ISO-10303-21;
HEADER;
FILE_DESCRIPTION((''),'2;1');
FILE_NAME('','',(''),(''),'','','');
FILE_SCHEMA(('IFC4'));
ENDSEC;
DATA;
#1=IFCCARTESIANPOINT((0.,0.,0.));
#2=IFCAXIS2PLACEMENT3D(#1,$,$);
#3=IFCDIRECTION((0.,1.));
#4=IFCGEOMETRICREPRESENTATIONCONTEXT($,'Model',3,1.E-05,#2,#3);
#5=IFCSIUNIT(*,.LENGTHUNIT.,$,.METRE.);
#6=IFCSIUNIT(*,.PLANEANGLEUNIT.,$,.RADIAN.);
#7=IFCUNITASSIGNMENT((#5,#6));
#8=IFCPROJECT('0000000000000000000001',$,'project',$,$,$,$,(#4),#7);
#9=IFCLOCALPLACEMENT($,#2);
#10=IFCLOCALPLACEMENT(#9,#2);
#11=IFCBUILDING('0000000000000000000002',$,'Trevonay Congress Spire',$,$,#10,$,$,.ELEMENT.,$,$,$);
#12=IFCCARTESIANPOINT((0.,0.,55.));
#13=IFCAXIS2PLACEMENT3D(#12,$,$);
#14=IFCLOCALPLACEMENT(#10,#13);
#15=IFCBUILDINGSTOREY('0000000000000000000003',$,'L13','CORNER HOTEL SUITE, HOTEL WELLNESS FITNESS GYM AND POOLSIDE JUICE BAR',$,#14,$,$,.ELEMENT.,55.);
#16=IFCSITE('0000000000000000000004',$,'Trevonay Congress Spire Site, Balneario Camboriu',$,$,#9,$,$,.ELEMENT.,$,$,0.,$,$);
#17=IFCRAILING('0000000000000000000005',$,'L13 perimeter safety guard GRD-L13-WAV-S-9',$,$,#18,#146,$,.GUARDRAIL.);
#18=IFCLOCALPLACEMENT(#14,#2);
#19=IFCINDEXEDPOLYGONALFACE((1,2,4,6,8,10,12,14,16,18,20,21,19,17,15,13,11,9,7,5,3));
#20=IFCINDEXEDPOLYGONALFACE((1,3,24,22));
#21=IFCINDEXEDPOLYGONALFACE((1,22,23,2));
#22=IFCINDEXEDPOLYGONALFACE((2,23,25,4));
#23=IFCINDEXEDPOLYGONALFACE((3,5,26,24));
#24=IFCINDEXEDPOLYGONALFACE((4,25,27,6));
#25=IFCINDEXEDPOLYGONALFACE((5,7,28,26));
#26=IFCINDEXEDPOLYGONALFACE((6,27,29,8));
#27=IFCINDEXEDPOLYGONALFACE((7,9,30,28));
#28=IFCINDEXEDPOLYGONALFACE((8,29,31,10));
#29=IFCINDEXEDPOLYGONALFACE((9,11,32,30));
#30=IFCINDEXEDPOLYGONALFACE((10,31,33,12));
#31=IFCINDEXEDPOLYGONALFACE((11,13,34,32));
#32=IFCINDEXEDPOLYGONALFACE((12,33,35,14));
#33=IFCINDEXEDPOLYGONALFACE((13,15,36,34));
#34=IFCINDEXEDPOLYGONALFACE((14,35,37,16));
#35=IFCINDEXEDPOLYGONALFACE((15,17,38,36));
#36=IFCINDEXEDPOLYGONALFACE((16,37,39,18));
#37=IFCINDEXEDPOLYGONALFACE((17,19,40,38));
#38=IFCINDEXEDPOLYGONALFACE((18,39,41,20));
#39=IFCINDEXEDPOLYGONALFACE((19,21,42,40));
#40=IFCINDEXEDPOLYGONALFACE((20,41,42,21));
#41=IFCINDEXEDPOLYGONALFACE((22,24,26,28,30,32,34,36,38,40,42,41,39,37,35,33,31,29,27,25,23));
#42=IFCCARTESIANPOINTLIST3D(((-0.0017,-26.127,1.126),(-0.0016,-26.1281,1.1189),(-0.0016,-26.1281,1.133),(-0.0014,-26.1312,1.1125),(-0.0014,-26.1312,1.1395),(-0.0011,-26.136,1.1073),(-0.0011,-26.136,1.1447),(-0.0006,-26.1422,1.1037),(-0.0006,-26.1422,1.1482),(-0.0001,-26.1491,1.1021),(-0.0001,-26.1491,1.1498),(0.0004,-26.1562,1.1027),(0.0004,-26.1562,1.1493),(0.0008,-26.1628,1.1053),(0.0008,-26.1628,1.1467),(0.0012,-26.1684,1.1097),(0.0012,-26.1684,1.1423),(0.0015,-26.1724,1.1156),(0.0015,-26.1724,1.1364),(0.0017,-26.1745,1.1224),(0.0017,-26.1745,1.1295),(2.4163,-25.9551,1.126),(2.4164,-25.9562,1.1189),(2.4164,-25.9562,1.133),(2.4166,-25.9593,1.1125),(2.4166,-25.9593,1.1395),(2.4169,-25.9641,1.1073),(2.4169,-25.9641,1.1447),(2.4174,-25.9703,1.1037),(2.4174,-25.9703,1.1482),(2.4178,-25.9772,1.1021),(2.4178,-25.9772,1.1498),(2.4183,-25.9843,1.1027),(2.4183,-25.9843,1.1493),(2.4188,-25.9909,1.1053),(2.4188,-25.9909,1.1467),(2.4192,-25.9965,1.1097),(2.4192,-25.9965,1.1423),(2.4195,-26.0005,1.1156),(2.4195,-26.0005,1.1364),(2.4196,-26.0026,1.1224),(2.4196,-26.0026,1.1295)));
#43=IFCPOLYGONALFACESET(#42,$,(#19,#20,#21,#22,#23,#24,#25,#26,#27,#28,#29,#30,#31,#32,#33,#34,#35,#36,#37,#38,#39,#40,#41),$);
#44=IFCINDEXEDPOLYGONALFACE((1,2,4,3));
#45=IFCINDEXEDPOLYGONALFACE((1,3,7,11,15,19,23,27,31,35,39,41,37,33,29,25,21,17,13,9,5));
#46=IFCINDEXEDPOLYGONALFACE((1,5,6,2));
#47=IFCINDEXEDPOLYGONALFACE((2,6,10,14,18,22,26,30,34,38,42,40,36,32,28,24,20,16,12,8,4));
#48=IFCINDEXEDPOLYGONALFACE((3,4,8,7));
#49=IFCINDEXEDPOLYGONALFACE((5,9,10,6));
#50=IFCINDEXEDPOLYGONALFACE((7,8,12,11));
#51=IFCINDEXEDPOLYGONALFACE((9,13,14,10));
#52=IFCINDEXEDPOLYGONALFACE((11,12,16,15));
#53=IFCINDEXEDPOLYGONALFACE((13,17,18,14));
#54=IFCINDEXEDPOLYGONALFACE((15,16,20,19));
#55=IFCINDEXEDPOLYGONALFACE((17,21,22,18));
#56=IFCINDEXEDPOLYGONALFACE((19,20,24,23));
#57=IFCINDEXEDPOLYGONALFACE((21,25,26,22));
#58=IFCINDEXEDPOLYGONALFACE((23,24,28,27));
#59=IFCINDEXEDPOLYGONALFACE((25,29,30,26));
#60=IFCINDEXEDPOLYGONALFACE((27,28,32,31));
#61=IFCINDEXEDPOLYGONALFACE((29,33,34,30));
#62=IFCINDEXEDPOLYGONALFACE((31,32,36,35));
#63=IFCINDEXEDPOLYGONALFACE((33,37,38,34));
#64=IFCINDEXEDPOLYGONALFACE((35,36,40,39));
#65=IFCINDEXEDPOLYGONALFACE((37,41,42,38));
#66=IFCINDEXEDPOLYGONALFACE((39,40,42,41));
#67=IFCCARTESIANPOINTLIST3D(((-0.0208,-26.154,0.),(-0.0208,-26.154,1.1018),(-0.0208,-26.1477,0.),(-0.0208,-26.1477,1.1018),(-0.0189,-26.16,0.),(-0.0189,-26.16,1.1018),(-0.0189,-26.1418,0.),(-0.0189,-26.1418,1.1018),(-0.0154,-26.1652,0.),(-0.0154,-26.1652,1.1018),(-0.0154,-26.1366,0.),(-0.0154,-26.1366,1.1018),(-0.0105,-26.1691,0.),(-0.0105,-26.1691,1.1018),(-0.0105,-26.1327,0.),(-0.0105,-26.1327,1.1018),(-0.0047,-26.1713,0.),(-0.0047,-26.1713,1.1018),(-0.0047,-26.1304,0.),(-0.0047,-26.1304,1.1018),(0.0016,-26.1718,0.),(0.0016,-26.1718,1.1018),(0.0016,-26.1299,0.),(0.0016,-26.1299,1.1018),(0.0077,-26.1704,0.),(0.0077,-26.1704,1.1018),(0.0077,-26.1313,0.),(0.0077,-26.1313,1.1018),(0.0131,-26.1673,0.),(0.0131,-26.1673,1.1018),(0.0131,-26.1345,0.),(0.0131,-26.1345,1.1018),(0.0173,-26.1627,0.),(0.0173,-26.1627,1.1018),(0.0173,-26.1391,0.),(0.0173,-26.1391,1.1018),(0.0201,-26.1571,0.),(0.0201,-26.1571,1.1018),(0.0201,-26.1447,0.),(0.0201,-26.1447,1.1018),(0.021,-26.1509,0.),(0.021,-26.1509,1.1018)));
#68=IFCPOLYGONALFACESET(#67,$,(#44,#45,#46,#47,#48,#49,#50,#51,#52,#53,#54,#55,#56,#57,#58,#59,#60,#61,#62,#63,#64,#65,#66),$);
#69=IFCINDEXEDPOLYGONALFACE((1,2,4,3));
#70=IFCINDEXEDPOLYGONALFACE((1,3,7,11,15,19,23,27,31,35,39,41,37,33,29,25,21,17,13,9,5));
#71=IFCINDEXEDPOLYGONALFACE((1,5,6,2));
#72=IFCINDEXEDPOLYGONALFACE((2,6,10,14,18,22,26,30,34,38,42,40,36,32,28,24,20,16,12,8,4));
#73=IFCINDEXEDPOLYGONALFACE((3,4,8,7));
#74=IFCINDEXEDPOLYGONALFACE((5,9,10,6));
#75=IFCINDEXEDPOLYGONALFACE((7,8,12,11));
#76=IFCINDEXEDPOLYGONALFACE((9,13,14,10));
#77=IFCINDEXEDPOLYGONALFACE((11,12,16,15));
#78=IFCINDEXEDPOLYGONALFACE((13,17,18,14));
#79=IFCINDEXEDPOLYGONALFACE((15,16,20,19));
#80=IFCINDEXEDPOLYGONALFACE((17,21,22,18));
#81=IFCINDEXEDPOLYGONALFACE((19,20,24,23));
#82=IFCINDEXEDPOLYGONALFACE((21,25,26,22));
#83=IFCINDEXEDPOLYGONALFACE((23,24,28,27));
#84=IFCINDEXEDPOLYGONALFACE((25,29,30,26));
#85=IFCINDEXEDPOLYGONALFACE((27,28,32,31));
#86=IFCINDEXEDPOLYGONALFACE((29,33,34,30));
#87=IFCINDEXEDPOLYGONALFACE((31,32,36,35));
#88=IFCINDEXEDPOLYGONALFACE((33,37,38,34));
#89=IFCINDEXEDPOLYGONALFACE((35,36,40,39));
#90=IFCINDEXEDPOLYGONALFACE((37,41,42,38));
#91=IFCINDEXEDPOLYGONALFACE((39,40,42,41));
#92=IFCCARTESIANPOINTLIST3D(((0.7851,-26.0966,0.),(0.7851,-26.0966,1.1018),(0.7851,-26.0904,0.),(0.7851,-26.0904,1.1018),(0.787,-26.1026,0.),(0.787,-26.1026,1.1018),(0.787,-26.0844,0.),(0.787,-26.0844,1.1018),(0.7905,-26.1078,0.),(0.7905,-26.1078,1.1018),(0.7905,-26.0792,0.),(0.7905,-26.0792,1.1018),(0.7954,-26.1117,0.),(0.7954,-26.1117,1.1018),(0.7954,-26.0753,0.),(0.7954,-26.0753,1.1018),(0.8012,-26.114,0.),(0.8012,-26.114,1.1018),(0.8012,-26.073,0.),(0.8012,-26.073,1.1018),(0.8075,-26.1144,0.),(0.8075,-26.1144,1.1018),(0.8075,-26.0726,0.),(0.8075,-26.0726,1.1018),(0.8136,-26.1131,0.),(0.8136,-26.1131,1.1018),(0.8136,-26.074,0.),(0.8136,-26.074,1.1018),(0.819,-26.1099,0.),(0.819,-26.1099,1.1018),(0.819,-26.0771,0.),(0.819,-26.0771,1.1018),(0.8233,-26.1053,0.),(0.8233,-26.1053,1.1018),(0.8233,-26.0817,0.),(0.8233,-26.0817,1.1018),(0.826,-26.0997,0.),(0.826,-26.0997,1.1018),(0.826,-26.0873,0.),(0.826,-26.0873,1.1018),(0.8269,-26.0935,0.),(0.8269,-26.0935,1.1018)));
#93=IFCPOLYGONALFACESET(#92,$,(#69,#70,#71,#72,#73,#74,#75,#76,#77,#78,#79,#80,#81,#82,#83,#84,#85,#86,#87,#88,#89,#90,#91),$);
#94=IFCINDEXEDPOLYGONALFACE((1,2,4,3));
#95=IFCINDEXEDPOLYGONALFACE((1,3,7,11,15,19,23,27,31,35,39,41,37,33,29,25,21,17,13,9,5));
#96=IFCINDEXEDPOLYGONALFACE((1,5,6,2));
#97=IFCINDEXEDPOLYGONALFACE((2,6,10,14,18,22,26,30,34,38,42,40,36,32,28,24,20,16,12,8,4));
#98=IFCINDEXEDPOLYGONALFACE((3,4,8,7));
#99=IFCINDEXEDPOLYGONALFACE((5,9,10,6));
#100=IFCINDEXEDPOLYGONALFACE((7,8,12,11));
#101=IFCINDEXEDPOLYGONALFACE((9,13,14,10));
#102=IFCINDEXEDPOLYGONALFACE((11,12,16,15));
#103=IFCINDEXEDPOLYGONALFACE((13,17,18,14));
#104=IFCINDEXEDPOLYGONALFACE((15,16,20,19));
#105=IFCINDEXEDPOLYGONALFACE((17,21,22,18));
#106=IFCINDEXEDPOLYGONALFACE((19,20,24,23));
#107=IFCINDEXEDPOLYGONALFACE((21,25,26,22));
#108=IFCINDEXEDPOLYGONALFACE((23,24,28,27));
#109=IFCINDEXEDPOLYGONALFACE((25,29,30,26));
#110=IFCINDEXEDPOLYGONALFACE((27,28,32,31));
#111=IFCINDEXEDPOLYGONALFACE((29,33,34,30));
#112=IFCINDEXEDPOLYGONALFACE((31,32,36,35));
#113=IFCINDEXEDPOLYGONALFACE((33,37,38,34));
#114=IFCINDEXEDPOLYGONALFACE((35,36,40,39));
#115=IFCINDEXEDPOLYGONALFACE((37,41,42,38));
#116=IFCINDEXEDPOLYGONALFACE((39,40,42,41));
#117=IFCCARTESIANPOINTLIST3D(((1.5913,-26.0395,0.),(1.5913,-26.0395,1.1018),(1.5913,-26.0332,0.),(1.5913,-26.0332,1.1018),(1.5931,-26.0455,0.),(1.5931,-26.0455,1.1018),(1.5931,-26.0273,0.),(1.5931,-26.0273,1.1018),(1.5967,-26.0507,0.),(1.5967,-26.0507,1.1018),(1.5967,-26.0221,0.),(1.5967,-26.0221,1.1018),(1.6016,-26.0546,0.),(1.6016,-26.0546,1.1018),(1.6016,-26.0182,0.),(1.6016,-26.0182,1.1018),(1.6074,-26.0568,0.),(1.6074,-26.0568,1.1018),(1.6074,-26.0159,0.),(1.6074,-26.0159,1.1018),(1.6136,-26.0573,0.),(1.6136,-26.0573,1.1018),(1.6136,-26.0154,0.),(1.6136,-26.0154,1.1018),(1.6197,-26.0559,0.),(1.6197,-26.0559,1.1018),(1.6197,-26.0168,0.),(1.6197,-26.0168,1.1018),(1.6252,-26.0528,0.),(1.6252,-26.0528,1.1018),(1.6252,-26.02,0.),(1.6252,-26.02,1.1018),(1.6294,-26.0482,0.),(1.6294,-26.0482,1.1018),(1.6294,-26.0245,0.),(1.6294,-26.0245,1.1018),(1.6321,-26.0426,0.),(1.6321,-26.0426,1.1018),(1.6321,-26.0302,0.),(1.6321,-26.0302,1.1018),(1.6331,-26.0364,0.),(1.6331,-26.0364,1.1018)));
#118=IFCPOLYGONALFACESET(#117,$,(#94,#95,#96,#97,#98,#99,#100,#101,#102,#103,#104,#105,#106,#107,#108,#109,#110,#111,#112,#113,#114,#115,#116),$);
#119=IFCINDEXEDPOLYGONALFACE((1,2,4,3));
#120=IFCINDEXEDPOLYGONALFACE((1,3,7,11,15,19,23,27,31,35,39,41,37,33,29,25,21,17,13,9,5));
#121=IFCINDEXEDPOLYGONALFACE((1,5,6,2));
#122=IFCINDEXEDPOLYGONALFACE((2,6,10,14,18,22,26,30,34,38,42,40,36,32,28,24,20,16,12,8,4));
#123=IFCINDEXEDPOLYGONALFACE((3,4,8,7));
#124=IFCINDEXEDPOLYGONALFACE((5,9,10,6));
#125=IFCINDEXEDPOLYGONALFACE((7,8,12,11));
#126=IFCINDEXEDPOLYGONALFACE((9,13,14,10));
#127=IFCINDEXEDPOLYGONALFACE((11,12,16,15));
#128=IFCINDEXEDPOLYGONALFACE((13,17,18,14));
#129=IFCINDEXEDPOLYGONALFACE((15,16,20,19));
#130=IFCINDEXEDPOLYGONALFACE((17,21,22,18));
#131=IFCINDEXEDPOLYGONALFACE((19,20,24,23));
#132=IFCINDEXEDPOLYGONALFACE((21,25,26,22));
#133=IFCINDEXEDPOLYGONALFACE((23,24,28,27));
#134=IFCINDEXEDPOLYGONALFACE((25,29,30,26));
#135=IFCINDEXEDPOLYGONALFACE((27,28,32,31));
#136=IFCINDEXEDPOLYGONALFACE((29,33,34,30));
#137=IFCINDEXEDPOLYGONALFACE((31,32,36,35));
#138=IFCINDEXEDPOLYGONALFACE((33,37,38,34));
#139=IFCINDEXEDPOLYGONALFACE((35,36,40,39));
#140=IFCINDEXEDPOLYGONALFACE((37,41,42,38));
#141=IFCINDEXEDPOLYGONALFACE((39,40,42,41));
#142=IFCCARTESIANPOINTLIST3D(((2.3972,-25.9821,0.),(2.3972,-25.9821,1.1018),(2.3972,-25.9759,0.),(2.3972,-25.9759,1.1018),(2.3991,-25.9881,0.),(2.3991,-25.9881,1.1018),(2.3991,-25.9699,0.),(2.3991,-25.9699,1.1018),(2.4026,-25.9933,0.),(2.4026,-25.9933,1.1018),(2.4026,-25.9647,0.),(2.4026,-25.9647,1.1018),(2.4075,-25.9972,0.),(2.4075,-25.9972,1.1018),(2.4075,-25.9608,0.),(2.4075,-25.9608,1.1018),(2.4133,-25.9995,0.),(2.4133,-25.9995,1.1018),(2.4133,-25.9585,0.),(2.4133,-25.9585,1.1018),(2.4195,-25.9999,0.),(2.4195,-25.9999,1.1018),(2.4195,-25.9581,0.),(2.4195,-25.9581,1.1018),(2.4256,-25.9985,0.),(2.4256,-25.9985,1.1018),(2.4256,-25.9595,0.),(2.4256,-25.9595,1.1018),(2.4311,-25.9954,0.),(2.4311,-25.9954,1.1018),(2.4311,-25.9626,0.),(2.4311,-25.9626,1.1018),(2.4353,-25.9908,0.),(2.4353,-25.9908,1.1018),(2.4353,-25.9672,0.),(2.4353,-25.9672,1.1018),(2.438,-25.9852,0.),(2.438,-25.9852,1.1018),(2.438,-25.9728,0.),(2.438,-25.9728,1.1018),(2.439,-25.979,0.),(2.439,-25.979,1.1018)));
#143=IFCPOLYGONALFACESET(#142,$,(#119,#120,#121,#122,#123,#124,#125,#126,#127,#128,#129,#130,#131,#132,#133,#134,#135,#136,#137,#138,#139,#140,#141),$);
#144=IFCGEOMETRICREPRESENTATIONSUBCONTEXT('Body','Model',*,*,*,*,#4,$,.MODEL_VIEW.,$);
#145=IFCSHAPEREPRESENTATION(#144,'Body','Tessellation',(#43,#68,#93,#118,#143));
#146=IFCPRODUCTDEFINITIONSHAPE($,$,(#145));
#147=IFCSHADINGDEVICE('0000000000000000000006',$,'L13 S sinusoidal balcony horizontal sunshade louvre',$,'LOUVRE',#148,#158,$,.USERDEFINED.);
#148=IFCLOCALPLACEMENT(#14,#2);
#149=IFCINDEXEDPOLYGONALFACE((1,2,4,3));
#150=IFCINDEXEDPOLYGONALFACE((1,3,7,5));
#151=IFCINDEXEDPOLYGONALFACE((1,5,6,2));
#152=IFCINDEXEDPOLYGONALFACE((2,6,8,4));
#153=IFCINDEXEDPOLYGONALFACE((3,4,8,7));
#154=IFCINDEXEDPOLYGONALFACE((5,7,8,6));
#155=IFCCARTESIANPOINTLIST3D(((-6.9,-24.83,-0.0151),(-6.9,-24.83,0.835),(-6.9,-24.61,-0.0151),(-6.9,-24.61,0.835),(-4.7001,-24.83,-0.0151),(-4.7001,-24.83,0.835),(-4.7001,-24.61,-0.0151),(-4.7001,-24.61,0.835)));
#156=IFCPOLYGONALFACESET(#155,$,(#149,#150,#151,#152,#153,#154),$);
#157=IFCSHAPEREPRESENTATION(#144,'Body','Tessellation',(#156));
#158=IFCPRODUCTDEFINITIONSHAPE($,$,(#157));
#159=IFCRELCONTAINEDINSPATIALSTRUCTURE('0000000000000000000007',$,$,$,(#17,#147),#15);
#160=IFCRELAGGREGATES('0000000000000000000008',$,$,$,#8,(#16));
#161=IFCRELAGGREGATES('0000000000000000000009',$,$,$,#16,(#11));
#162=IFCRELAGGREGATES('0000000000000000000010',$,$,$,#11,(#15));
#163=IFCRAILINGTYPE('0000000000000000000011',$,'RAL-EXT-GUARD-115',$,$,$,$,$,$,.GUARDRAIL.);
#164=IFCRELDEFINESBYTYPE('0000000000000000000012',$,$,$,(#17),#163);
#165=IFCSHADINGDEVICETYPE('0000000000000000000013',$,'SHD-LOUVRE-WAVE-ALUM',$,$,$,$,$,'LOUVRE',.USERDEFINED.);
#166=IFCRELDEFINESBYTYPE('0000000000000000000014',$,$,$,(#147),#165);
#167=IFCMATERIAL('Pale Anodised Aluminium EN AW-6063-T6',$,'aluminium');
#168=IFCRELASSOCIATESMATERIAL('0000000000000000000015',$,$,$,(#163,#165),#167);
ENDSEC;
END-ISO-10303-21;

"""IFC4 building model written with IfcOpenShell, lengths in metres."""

from ifc_helpers import new_model, si_unit, direction, frame, origin, origin_2d, place, context, subcontext, project, spatial, rectangle, circle, extrude, material, type_object, element, save


model = new_model("IFC4")

# Units and contexts
model_context = context("Model", 3, precision=1e-05, world=origin(), true_north=direction((0.0, 1.0)))
body_context = subcontext(model_context, "Body", "Model", "MODEL_VIEW")
ifc_project = project(units=[si_unit("LENGTHUNIT", "METRE"), si_unit("PLANEANGLEUNIT", "RADIAN")], contexts=[model_context])

# Site, building, storey
site_placement = place(None, origin())
site = spatial("IfcSite", under=ifc_project, at=site_placement, Name="Trevonay Congress Spire Site, Balneario Camboriu", CompositionType="ELEMENT", RefElevation=0.0)
building_placement = place(site_placement, origin())
building = spatial("IfcBuilding", under=site, at=building_placement, Name="Trevonay Congress Spire", CompositionType="ELEMENT")
storey_placement = place(building_placement, frame((0.0, 0.0, 55.0)))
storey = spatial("IfcBuildingStorey", under=building, at=storey_placement, Name="L13", Description="CORNER HOTEL SUITE, HOTEL WELLNESS FITNESS GYM AND POOLSIDE JUICE BAR", CompositionType="ELEMENT", Elevation=55.0)

# Shared definitions
ifc_material_1 = material(Name="Pale Anodised Aluminium EN AW-6063-T6", Category="aluminium")

# Railing
railing_type = type_object("IfcRailingType", Name="RAL-EXT-GUARD-115", PredefinedType="GUARDRAIL", material=ifc_material_1)
railing_1_placement = place(storey_placement, frame((0.0, -26.1509, 0.0)))
element("IfcRailing", 1, at=railing_1_placement, inside=storey, type_object=railing_type, Name="L13 perimeter safety guard GRD-L13-WAV-S-9", PredefinedType="GUARDRAIL", context=body_context, shape_type="SweptSolid", body=[
    extrude(circle(Radius=0.0239, at=origin_2d()), frame((0.0, 0.0, 1.126), z_axis=(0.997483, 0.070903, 0.0), x_axis=(-0.070903, 0.997483, 0.0)), (0.0, 0.0, 1.0), 2.4241),
    extrude(circle(Radius=0.021, at=origin_2d()), origin(), (0.0, 0.0, 1.0), 1.1018),
    extrude(circle(Radius=0.021, at=origin_2d()), frame((0.8059, 0.0574, 0.0)), (0.0, 0.0, 1.0), 1.1018),
    extrude(circle(Radius=0.021, at=origin_2d()), frame((1.6121, 0.1145, 0.0)), (0.0, 0.0, 1.0), 1.1018),
    extrude(circle(Radius=0.021, at=origin_2d()), frame((2.418, 0.1719, 0.0)), (0.0, 0.0, 1.0), 1.1018),
])

# Shading device
shading_device_type = type_object("IfcShadingDeviceType", Name="SHD-LOUVRE-WAVE-ALUM", ElementType="LOUVRE", PredefinedType="USERDEFINED", material=ifc_material_1)
shading_device_placement = place(storey_placement, frame((-5.8, -24.72, -0.0151), z_axis=(0.0, 0.0, 1.0), x_axis=(1.0, 0.0, 0.0)))
element("IfcShadingDevice", 2, at=shading_device_placement, inside=storey, type_object=shading_device_type, Name="L13 S sinusoidal balcony horizontal sunshade louvre", ObjectType="LOUVRE", PredefinedType="USERDEFINED", context=body_context, shape_type="SweptSolid", body=[
    extrude(rectangle(XDim=2.2, YDim=0.22, at=origin_2d()), origin(), (0.0, 0.0, 1.0), 0.8501),
])

save(model, "model.ifc")
